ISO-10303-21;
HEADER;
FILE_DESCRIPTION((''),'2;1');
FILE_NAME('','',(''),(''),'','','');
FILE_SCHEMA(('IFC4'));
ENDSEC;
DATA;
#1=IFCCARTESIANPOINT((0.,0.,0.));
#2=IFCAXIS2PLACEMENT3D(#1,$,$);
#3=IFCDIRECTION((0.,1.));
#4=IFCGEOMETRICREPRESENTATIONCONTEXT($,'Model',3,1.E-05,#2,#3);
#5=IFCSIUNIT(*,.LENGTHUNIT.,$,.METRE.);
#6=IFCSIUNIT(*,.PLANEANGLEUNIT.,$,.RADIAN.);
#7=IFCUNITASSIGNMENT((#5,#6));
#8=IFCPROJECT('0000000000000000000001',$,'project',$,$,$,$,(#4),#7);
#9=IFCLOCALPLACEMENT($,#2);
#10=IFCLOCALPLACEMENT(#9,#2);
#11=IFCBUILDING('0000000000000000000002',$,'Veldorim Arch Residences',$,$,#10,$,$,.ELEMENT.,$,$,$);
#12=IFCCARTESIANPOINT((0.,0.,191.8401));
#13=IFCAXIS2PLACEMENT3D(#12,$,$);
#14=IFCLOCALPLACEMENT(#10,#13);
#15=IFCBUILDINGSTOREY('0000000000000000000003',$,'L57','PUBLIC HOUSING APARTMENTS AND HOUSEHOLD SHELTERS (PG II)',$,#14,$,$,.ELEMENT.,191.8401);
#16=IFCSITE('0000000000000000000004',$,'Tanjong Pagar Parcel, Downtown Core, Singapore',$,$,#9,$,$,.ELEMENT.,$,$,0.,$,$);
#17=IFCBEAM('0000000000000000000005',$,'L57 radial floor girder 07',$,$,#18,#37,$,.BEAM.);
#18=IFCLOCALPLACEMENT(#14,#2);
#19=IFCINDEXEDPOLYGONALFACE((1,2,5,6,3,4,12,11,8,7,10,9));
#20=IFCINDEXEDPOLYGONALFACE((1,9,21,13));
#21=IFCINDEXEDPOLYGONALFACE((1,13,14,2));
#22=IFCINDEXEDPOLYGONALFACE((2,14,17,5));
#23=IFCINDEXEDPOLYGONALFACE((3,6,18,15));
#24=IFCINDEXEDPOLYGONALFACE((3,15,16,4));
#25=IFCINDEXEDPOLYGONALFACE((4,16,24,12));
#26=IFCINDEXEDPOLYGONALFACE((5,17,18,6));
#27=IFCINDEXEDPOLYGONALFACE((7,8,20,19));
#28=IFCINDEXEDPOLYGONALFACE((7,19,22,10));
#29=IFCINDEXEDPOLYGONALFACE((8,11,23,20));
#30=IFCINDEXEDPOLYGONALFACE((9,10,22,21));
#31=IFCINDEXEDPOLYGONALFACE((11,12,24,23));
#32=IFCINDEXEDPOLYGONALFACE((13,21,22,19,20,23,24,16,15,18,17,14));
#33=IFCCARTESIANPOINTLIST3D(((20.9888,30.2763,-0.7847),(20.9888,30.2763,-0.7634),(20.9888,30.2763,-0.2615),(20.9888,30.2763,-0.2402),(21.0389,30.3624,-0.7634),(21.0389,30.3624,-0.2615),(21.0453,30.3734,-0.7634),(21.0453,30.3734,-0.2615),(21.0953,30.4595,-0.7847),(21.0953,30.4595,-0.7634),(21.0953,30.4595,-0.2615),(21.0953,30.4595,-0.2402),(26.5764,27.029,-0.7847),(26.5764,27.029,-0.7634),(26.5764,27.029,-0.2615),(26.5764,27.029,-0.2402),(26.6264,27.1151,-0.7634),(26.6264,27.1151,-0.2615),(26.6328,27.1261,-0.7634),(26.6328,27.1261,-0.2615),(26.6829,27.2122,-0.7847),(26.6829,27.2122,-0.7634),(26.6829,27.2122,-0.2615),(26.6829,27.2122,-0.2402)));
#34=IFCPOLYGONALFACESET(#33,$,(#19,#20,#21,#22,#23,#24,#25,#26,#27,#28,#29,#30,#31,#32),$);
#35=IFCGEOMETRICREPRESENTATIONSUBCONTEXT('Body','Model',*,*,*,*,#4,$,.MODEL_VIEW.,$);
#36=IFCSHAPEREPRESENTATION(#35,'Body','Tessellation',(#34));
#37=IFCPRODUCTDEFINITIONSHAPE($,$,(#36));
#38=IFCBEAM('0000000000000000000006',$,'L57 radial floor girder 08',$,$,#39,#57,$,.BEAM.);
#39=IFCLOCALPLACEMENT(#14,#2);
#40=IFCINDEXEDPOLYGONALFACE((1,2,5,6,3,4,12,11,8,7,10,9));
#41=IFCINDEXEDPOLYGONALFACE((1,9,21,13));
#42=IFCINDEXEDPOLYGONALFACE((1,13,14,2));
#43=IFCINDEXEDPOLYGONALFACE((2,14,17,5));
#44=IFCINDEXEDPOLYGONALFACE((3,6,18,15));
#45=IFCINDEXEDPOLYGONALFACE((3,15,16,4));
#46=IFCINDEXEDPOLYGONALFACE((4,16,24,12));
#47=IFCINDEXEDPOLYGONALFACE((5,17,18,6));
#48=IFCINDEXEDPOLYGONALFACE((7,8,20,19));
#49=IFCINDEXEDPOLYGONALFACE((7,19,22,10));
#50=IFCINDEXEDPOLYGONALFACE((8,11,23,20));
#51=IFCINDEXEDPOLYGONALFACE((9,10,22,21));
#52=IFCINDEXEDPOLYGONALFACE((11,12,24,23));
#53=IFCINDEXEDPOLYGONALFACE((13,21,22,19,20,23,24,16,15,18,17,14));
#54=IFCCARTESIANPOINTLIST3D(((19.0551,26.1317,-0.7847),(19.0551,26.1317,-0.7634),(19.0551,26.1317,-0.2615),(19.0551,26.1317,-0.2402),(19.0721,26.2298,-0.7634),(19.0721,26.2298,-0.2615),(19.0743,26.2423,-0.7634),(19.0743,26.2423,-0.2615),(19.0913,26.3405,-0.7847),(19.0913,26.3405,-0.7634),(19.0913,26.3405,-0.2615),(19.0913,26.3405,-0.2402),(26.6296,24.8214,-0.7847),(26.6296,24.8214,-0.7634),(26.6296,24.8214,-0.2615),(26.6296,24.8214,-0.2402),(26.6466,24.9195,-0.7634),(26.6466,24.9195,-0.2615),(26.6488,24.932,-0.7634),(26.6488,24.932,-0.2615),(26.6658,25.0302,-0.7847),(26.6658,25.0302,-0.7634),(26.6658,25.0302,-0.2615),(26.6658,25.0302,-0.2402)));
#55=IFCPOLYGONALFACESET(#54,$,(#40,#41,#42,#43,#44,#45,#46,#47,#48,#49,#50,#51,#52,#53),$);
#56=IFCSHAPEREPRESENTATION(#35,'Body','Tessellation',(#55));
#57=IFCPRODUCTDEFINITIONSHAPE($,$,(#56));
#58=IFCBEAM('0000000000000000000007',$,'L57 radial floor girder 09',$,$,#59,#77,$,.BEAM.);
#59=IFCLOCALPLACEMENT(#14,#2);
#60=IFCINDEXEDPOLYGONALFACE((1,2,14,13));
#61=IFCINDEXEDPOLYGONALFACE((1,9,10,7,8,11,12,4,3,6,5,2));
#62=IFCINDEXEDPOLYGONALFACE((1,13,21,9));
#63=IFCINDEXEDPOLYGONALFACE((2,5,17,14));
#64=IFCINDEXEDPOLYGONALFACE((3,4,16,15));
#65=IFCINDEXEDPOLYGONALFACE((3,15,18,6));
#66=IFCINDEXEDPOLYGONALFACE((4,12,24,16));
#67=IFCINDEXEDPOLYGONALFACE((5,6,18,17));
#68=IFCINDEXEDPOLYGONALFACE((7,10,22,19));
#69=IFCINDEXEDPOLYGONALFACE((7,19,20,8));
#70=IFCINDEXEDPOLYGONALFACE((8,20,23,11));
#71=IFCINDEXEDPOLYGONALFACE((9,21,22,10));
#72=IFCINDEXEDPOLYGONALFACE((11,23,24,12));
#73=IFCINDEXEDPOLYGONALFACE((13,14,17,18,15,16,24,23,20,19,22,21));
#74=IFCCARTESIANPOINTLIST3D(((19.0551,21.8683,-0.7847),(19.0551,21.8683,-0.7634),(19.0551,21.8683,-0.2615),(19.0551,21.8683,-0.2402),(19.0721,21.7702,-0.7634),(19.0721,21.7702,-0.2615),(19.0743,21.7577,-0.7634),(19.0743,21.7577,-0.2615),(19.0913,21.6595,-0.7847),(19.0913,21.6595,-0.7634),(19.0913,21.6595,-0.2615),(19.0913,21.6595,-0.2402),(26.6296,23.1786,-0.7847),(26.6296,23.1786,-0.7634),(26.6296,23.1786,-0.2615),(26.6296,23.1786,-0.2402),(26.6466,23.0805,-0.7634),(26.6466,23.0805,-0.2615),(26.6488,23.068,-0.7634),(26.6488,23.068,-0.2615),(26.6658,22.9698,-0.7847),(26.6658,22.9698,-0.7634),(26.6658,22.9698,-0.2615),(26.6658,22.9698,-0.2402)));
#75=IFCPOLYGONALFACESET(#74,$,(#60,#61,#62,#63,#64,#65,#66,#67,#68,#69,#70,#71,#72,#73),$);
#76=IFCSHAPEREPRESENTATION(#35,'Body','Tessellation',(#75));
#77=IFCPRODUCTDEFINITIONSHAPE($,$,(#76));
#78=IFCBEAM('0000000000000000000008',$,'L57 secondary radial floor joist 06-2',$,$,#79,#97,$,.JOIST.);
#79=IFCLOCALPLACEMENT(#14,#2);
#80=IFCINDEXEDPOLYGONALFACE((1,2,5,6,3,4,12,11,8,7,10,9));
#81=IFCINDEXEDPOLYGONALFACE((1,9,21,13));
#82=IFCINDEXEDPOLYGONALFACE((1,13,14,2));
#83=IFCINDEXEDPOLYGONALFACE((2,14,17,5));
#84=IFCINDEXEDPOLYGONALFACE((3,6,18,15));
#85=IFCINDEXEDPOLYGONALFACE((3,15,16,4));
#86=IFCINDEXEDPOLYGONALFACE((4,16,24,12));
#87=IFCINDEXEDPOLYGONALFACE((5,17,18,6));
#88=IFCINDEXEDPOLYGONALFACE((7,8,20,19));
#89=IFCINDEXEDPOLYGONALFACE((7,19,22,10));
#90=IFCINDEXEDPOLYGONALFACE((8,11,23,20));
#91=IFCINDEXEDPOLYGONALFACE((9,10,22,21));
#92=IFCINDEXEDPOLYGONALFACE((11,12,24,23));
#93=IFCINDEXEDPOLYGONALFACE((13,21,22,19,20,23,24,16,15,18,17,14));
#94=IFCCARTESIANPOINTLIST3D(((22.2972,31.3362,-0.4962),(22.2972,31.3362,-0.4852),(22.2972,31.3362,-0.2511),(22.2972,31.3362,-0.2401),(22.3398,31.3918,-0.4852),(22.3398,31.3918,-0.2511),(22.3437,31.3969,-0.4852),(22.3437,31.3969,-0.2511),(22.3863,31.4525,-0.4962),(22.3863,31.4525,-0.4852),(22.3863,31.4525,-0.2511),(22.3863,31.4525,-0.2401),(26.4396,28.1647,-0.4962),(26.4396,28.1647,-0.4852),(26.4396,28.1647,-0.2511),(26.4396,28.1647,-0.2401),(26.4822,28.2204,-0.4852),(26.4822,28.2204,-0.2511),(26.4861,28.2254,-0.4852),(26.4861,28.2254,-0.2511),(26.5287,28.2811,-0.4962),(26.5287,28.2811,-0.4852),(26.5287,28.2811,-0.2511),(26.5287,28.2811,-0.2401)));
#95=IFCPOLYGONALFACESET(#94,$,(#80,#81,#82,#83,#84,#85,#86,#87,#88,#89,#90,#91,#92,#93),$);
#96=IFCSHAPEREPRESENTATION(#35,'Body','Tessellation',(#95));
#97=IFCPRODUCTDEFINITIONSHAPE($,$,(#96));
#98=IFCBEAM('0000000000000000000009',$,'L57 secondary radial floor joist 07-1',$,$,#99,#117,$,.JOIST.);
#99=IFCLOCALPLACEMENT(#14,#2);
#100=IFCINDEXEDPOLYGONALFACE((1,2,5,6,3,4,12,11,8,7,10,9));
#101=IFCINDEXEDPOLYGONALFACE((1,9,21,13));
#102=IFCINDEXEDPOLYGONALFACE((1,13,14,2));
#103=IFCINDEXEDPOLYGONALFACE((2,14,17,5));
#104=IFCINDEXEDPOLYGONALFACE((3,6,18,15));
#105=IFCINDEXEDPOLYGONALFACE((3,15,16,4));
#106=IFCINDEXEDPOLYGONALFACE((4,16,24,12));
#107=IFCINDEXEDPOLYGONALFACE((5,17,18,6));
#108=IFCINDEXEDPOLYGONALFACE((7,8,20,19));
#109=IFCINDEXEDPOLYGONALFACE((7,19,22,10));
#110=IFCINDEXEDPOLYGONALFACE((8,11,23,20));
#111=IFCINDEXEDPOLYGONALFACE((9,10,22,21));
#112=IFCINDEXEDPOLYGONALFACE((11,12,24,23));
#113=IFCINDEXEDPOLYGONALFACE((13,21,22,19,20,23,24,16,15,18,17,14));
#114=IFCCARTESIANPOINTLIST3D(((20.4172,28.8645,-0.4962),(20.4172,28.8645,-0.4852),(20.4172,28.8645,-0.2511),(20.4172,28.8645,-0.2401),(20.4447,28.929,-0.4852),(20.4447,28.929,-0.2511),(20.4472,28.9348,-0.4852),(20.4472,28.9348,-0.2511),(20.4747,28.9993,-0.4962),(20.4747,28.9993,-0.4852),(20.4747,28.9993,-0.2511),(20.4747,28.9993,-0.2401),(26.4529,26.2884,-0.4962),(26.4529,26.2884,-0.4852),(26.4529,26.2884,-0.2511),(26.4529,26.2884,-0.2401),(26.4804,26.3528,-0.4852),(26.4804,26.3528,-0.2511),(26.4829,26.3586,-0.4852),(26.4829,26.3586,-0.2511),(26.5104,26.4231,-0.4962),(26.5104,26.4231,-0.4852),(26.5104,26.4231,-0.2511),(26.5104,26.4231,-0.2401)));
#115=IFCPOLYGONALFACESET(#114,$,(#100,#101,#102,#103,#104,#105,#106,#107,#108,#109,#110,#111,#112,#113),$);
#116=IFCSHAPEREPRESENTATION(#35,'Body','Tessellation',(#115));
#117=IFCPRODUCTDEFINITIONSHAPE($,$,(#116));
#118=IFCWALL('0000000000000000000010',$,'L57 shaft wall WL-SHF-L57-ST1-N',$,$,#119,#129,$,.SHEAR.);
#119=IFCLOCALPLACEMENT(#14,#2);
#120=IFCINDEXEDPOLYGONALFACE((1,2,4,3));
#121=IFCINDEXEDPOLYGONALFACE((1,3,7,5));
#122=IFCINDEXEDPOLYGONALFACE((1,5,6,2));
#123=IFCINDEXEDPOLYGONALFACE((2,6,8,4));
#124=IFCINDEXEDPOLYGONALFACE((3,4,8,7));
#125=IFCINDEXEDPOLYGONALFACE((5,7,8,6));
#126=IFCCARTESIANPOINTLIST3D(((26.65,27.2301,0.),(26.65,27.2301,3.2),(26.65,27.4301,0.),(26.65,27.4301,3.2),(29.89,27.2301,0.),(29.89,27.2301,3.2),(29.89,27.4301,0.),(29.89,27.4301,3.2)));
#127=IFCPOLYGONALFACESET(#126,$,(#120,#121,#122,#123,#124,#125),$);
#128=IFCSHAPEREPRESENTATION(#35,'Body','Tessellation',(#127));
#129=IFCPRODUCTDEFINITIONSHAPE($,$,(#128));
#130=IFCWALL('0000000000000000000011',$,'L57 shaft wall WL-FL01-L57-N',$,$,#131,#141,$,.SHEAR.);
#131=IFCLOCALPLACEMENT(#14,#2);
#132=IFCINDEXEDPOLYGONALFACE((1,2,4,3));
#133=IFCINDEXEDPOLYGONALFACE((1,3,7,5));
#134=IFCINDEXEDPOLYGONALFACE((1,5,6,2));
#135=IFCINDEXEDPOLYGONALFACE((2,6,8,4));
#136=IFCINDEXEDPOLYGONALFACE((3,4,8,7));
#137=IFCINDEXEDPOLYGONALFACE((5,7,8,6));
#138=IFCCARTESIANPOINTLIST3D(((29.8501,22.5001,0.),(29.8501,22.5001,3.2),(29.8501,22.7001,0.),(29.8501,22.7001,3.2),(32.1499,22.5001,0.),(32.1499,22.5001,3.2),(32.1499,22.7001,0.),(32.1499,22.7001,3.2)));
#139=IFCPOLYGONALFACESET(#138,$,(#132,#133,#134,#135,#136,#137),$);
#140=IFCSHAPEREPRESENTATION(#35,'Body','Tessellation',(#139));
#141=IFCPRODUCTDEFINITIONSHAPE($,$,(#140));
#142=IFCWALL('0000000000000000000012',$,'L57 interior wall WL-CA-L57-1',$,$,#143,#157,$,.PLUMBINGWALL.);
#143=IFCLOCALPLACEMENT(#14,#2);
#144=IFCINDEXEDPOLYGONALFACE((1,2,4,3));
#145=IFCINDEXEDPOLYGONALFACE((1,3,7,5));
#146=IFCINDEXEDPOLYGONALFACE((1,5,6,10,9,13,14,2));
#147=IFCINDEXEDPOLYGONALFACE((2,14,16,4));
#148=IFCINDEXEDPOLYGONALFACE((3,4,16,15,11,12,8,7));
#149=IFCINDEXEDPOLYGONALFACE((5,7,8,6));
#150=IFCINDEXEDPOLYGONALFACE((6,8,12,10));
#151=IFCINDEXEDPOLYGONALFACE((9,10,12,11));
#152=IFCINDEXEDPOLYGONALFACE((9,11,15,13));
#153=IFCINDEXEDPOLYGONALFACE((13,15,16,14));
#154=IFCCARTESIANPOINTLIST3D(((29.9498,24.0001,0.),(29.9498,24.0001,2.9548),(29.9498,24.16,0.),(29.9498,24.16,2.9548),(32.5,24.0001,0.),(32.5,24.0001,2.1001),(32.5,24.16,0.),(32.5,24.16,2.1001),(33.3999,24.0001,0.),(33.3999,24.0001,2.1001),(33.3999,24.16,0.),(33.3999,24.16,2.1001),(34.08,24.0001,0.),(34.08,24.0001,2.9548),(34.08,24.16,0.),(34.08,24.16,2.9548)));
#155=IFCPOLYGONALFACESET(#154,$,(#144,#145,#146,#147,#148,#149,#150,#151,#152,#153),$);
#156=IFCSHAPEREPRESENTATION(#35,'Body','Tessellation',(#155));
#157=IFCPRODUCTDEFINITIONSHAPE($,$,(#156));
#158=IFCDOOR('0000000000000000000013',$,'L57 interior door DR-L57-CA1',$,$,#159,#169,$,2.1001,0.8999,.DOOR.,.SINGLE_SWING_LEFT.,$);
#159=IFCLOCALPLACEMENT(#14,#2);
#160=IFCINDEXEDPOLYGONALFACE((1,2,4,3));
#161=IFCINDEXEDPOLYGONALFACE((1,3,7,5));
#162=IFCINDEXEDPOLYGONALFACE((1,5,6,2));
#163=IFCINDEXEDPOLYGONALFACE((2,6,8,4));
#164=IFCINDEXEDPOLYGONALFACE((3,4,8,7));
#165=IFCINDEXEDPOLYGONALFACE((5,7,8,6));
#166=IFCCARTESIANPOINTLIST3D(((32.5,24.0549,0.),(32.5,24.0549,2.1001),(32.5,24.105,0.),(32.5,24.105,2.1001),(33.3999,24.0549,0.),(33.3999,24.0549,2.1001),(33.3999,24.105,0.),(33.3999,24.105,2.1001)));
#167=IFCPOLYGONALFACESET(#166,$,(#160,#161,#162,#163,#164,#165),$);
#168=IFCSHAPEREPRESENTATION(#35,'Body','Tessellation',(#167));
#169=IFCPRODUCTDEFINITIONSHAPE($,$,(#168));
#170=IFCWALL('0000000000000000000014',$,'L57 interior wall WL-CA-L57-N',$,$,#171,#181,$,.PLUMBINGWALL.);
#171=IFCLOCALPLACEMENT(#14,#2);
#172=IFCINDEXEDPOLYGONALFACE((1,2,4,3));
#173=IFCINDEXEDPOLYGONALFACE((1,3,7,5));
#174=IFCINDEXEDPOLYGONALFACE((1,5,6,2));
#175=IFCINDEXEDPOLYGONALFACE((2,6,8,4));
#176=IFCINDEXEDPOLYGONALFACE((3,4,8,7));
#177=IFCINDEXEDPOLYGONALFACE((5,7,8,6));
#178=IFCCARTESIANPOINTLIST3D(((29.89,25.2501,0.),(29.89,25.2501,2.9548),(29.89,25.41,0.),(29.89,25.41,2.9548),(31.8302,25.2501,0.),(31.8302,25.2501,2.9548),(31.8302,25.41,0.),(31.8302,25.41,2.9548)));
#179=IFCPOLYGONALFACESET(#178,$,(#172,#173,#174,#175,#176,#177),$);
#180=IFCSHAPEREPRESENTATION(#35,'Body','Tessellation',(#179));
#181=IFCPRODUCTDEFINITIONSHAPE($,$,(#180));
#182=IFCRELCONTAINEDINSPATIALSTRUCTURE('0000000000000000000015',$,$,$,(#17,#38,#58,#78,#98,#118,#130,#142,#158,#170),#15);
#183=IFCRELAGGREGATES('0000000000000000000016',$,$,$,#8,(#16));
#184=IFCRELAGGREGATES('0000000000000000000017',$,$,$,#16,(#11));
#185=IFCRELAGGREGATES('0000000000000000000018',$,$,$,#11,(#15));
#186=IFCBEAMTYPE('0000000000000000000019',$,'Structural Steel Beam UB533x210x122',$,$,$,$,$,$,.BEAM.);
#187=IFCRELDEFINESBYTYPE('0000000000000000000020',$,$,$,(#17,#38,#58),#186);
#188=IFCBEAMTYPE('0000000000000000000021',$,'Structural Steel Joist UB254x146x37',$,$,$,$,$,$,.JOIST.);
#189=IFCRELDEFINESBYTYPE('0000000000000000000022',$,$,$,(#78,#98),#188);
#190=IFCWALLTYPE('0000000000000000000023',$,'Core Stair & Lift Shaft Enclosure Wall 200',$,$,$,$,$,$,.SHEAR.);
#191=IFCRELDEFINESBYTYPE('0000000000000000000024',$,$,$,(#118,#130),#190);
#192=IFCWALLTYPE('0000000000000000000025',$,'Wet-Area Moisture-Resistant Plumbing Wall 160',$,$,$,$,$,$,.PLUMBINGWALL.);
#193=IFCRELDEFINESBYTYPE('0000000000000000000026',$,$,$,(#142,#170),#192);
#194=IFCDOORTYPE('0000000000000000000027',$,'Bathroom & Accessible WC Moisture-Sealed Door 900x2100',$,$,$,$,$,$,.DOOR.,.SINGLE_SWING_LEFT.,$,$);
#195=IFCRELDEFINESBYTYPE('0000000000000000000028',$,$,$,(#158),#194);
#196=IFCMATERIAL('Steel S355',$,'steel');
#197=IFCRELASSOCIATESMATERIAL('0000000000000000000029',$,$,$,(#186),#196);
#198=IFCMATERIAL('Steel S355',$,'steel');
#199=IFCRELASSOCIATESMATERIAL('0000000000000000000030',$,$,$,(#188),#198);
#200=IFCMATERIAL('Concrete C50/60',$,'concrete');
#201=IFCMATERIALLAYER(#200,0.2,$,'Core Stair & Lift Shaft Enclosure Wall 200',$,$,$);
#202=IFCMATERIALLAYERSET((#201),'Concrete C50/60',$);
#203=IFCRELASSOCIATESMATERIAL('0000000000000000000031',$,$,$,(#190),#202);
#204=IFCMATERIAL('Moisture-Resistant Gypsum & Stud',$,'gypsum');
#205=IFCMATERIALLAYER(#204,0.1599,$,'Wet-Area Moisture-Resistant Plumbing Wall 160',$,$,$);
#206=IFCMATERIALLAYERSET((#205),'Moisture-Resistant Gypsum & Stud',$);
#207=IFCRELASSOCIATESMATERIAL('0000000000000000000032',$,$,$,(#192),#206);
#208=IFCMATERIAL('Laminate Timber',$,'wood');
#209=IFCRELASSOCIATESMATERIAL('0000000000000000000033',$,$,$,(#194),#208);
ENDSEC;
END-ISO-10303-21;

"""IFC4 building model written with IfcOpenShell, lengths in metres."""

from ifc_helpers import new_model, si_unit, direction, frame, frame_2d, origin, origin_2d, place, context, subcontext, project, spatial, rectangle, i_section, extrude, material, layer, layer_set, material_profile, profile_set, type_object, element, fill, save


model = new_model("IFC4")

# Units and contexts
model_context = context("Model", 3, precision=1e-05, world=origin(), true_north=direction((0.0, 1.0)))
body_context = subcontext(model_context, "Body", "Model", "MODEL_VIEW")
ifc_project = project(units=[si_unit("LENGTHUNIT", "METRE"), si_unit("PLANEANGLEUNIT", "RADIAN")], contexts=[model_context])

# Site, building, storey
site_placement = place(None, origin())
site = spatial("IfcSite", under=ifc_project, at=site_placement, Name="Tanjong Pagar Parcel, Downtown Core, Singapore", CompositionType="ELEMENT", RefElevation=0.0)
building_placement = place(site_placement, origin())
building = spatial("IfcBuilding", under=site, at=building_placement, Name="Veldorim Arch Residences", CompositionType="ELEMENT")
storey_placement = place(building_placement, frame((0.0, 0.0, 191.8401)))
storey = spatial("IfcBuildingStorey", under=building, at=storey_placement, Name="L57", Description="PUBLIC HOUSING APARTMENTS AND HOUSEHOLD SHELTERS (PG II)", CompositionType="ELEMENT", Elevation=191.8401)

# Beams
ifc_material_1 = material(Name="Steel S355", Category="steel")
ifc_material_profile_1 = material_profile(ifc_material_1, i_section(OverallWidth=0.2119, OverallDepth=0.5444, WebThickness=0.0127, FlangeThickness=0.0212, at=origin_2d()), Name="UB533x210x122")
ifc_profile_set_1 = profile_set([ifc_material_profile_1], Name="Steel S355")
beam_type_1 = type_object("IfcBeamType", Name="Structural Steel Beam UB533x210x122", PredefinedType="BEAM", material=ifc_profile_set_1)
beam_1_placement = place(storey_placement, frame((26.6296, 27.1206, -0.5125), z_axis=(-0.864596, 0.502468, 0.0), x_axis=(-0.502468, -0.864596, 0.0)))
element("IfcBeam", 1, at=beam_1_placement, inside=storey, type_object=beam_type_1, Name="L57 radial floor girder 07", PredefinedType="BEAM", context=body_context, shape_type="SweptSolid", body=[
    extrude(i_section(OverallWidth=0.2119, OverallDepth=0.5444, WebThickness=0.0127, FlangeThickness=0.0212, at=origin_2d()), origin(), (0.0, 0.0, 1.0), 6.4626),
])
for number, where, z_axis, x_axis, name in (
    (2, (26.6477, 24.9258, -0.5125), (-0.985365, 0.170458, 0.0), (-0.170458, -0.985365, 0.0), "L57 radial floor girder 08"),
    (3, (26.6477, 23.0742, -0.5125), (-0.985365, -0.170458, 0.0), (0.170458, -0.985365, 0.0), "L57 radial floor girder 09"),
):
    element("IfcBeam", number, at=place(storey_placement, frame(where, z_axis=z_axis, x_axis=x_axis)), inside=storey, type_object=beam_type_1, Name=name, PredefinedType="BEAM", context=body_context, shape_type="SweptSolid", body=[
        extrude(i_section(OverallWidth=0.2119, OverallDepth=0.5444, WebThickness=0.0127, FlangeThickness=0.0212, at=origin_2d()), origin(), (0.0, 0.0, 1.0), 7.687),
    ])
ifc_material_2 = material(Name="Steel S355", Category="steel")
ifc_material_profile_2 = material_profile(ifc_material_2, i_section(OverallWidth=0.1465, OverallDepth=0.2561, WebThickness=0.0063, FlangeThickness=0.011, at=origin_2d()), Name="UB254x146x37")
ifc_profile_set_2 = profile_set([ifc_material_profile_2], Name="Steel S355")
beam_type_2 = type_object("IfcBeamType", Name="Structural Steel Joist UB254x146x37", PredefinedType="JOIST", material=ifc_profile_set_2)
beam_2_placement = place(storey_placement, frame((26.4841, 28.2229, -0.3682), z_axis=(-0.794014, 0.6079, 0.0), x_axis=(-0.6079, -0.794014, 0.0)))
element("IfcBeam", 4, at=beam_2_placement, inside=storey, type_object=beam_type_2, Name="L57 secondary radial floor joist 06-2", PredefinedType="JOIST", context=body_context, shape_type="SweptSolid", body=[
    extrude(i_section(OverallWidth=0.1465, OverallDepth=0.2561, WebThickness=0.0063, FlangeThickness=0.011, at=origin_2d()), origin(), (0.0, 0.0, 1.0), 5.217),
])
beam_3_placement = place(storey_placement, frame((26.4817, 26.3557, -0.3682), z_axis=(-0.919725, 0.392563, 0.0), x_axis=(-0.392563, -0.919725, 0.0)))
element("IfcBeam", 5, at=beam_3_placement, inside=storey, type_object=beam_type_2, Name="L57 secondary radial floor joist 07-1", PredefinedType="JOIST", context=body_context, shape_type="SweptSolid", body=[
    extrude(i_section(OverallWidth=0.1465, OverallDepth=0.2561, WebThickness=0.0063, FlangeThickness=0.011, at=origin_2d()), origin(), (0.0, 0.0, 1.0), 6.5625),
])

# Walls
ifc_material_3 = material(Name="Concrete C50/60", Category="concrete")
ifc_layer_1 = layer(ifc_material_3, 0.2, Name="Core Stair & Lift Shaft Enclosure Wall 200")
ifc_layer_set_1 = layer_set([ifc_layer_1], Name="Concrete C50/60")
wall_type_1 = type_object("IfcWallType", Name="Core Stair & Lift Shaft Enclosure Wall 200", PredefinedType="SHEAR", material=ifc_layer_set_1)
wall_1_placement = place(storey_placement, frame((26.6499, 27.3301, 0.0), z_axis=(0.0, 0.0, 1.0), x_axis=(1.0, 0.0, 0.0)))
element("IfcWall", 6, at=wall_1_placement, inside=storey, type_object=wall_type_1, Name="L57 shaft wall WL-SHF-L57-ST1-N", PredefinedType="SHEAR", context=body_context, shape_type="SweptSolid", body=[
    extrude(rectangle(XDim=3.24, YDim=0.2, at=frame_2d((1.6201, 0.0))), origin(), (0.0, 0.0, 1.0), 3.2),
])
wall_2_placement = place(storey_placement, frame((29.8501, 22.6001, 0.0), z_axis=(0.0, 0.0, 1.0), x_axis=(1.0, 0.0, 0.0)))
element("IfcWall", 7, at=wall_2_placement, inside=storey, type_object=wall_type_1, Name="L57 shaft wall WL-FL01-L57-N", PredefinedType="SHEAR", context=body_context, shape_type="SweptSolid", body=[
    extrude(rectangle(XDim=2.2998, YDim=0.2, at=frame_2d((1.1499, 0.0))), origin(), (0.0, 0.0, 1.0), 3.2),
])

# Wall, opening, door
ifc_material_4 = material(Name="Moisture-Resistant Gypsum & Stud", Category="gypsum")
ifc_layer_2 = layer(ifc_material_4, 0.1599, Name="Wet-Area Moisture-Resistant Plumbing Wall 160")
ifc_layer_set_2 = layer_set([ifc_layer_2], Name="Moisture-Resistant Gypsum & Stud")
wall_type_2 = type_object("IfcWallType", Name="Wet-Area Moisture-Resistant Plumbing Wall 160", PredefinedType="PLUMBINGWALL", material=ifc_layer_set_2)
wall_3_placement = place(storey_placement, frame((29.95, 24.0801, 0.0), z_axis=(0.0, 0.0, 1.0), x_axis=(1.0, 0.0, 0.0)))
wall_3 = element("IfcWall", 8, at=wall_3_placement, inside=storey, type_object=wall_type_2, Name="L57 interior wall WL-CA-L57-1", PredefinedType="PLUMBINGWALL", context=body_context, shape_type="SweptSolid", body=[
    extrude(rectangle(XDim=4.1301, YDim=0.1599, at=frame_2d((2.0649, 0.0))), origin(), (0.0, 0.0, 1.0), 2.9548),
])
opening_placement = place(wall_3_placement, frame((2.55, 0.0, 0.0)))
opening = element("IfcOpeningElement", 9, at=opening_placement, cuts=wall_3, PredefinedType="OPENING", context=body_context, shape_type="SweptSolid", body=[
    extrude(rectangle(XDim=0.8999, YDim=2.1001, at=frame_2d((0.45, 1.05))), frame((0.0, 0.0898, 0.0), z_axis=(0.0, -1.0, 0.0), x_axis=(1.0, 0.0, 0.0)), (0.0, 0.0, 1.0), 0.1799),
])
ifc_material_5 = material(Name="Laminate Timber", Category="wood")
door_type = type_object("IfcDoorType", Name="Bathroom & Accessible WC Moisture-Sealed Door 900x2100", OperationType="SINGLE_SWING_LEFT", PredefinedType="DOOR", material=ifc_material_5)
door_placement = place(opening_placement, origin())
door = element("IfcDoor", 10, at=door_placement, inside=storey, type_object=door_type, Name="L57 interior door DR-L57-CA1", OperationType="SINGLE_SWING_LEFT", OverallHeight=2.1001, OverallWidth=0.8999, PredefinedType="DOOR", context=body_context, shape_type="SweptSolid", body=[
    extrude(rectangle(XDim=0.8999, YDim=2.1001, at=frame_2d((0.45, 1.05))), frame((0.0, 0.0249, 0.0), z_axis=(0.0, -1.0, 0.0), x_axis=(1.0, 0.0, 0.0)), (0.0, 0.0, 1.0), 0.05),
])
fill(opening, door)

# Wall
wall_4_placement = place(storey_placement, frame((29.8899, 25.3301, 0.0), z_axis=(0.0, 0.0, 1.0), x_axis=(1.0, 0.0, 0.0)))
element("IfcWall", 11, at=wall_4_placement, inside=storey, type_object=wall_type_2, Name="L57 interior wall WL-CA-L57-N", PredefinedType="PLUMBINGWALL", context=body_context, shape_type="SweptSolid", body=[
    extrude(rectangle(XDim=1.9402, YDim=0.1599, at=frame_2d((0.9702, 0.0))), origin(), (0.0, 0.0, 1.0), 2.9548),
])

save(model, "model.ifc")
